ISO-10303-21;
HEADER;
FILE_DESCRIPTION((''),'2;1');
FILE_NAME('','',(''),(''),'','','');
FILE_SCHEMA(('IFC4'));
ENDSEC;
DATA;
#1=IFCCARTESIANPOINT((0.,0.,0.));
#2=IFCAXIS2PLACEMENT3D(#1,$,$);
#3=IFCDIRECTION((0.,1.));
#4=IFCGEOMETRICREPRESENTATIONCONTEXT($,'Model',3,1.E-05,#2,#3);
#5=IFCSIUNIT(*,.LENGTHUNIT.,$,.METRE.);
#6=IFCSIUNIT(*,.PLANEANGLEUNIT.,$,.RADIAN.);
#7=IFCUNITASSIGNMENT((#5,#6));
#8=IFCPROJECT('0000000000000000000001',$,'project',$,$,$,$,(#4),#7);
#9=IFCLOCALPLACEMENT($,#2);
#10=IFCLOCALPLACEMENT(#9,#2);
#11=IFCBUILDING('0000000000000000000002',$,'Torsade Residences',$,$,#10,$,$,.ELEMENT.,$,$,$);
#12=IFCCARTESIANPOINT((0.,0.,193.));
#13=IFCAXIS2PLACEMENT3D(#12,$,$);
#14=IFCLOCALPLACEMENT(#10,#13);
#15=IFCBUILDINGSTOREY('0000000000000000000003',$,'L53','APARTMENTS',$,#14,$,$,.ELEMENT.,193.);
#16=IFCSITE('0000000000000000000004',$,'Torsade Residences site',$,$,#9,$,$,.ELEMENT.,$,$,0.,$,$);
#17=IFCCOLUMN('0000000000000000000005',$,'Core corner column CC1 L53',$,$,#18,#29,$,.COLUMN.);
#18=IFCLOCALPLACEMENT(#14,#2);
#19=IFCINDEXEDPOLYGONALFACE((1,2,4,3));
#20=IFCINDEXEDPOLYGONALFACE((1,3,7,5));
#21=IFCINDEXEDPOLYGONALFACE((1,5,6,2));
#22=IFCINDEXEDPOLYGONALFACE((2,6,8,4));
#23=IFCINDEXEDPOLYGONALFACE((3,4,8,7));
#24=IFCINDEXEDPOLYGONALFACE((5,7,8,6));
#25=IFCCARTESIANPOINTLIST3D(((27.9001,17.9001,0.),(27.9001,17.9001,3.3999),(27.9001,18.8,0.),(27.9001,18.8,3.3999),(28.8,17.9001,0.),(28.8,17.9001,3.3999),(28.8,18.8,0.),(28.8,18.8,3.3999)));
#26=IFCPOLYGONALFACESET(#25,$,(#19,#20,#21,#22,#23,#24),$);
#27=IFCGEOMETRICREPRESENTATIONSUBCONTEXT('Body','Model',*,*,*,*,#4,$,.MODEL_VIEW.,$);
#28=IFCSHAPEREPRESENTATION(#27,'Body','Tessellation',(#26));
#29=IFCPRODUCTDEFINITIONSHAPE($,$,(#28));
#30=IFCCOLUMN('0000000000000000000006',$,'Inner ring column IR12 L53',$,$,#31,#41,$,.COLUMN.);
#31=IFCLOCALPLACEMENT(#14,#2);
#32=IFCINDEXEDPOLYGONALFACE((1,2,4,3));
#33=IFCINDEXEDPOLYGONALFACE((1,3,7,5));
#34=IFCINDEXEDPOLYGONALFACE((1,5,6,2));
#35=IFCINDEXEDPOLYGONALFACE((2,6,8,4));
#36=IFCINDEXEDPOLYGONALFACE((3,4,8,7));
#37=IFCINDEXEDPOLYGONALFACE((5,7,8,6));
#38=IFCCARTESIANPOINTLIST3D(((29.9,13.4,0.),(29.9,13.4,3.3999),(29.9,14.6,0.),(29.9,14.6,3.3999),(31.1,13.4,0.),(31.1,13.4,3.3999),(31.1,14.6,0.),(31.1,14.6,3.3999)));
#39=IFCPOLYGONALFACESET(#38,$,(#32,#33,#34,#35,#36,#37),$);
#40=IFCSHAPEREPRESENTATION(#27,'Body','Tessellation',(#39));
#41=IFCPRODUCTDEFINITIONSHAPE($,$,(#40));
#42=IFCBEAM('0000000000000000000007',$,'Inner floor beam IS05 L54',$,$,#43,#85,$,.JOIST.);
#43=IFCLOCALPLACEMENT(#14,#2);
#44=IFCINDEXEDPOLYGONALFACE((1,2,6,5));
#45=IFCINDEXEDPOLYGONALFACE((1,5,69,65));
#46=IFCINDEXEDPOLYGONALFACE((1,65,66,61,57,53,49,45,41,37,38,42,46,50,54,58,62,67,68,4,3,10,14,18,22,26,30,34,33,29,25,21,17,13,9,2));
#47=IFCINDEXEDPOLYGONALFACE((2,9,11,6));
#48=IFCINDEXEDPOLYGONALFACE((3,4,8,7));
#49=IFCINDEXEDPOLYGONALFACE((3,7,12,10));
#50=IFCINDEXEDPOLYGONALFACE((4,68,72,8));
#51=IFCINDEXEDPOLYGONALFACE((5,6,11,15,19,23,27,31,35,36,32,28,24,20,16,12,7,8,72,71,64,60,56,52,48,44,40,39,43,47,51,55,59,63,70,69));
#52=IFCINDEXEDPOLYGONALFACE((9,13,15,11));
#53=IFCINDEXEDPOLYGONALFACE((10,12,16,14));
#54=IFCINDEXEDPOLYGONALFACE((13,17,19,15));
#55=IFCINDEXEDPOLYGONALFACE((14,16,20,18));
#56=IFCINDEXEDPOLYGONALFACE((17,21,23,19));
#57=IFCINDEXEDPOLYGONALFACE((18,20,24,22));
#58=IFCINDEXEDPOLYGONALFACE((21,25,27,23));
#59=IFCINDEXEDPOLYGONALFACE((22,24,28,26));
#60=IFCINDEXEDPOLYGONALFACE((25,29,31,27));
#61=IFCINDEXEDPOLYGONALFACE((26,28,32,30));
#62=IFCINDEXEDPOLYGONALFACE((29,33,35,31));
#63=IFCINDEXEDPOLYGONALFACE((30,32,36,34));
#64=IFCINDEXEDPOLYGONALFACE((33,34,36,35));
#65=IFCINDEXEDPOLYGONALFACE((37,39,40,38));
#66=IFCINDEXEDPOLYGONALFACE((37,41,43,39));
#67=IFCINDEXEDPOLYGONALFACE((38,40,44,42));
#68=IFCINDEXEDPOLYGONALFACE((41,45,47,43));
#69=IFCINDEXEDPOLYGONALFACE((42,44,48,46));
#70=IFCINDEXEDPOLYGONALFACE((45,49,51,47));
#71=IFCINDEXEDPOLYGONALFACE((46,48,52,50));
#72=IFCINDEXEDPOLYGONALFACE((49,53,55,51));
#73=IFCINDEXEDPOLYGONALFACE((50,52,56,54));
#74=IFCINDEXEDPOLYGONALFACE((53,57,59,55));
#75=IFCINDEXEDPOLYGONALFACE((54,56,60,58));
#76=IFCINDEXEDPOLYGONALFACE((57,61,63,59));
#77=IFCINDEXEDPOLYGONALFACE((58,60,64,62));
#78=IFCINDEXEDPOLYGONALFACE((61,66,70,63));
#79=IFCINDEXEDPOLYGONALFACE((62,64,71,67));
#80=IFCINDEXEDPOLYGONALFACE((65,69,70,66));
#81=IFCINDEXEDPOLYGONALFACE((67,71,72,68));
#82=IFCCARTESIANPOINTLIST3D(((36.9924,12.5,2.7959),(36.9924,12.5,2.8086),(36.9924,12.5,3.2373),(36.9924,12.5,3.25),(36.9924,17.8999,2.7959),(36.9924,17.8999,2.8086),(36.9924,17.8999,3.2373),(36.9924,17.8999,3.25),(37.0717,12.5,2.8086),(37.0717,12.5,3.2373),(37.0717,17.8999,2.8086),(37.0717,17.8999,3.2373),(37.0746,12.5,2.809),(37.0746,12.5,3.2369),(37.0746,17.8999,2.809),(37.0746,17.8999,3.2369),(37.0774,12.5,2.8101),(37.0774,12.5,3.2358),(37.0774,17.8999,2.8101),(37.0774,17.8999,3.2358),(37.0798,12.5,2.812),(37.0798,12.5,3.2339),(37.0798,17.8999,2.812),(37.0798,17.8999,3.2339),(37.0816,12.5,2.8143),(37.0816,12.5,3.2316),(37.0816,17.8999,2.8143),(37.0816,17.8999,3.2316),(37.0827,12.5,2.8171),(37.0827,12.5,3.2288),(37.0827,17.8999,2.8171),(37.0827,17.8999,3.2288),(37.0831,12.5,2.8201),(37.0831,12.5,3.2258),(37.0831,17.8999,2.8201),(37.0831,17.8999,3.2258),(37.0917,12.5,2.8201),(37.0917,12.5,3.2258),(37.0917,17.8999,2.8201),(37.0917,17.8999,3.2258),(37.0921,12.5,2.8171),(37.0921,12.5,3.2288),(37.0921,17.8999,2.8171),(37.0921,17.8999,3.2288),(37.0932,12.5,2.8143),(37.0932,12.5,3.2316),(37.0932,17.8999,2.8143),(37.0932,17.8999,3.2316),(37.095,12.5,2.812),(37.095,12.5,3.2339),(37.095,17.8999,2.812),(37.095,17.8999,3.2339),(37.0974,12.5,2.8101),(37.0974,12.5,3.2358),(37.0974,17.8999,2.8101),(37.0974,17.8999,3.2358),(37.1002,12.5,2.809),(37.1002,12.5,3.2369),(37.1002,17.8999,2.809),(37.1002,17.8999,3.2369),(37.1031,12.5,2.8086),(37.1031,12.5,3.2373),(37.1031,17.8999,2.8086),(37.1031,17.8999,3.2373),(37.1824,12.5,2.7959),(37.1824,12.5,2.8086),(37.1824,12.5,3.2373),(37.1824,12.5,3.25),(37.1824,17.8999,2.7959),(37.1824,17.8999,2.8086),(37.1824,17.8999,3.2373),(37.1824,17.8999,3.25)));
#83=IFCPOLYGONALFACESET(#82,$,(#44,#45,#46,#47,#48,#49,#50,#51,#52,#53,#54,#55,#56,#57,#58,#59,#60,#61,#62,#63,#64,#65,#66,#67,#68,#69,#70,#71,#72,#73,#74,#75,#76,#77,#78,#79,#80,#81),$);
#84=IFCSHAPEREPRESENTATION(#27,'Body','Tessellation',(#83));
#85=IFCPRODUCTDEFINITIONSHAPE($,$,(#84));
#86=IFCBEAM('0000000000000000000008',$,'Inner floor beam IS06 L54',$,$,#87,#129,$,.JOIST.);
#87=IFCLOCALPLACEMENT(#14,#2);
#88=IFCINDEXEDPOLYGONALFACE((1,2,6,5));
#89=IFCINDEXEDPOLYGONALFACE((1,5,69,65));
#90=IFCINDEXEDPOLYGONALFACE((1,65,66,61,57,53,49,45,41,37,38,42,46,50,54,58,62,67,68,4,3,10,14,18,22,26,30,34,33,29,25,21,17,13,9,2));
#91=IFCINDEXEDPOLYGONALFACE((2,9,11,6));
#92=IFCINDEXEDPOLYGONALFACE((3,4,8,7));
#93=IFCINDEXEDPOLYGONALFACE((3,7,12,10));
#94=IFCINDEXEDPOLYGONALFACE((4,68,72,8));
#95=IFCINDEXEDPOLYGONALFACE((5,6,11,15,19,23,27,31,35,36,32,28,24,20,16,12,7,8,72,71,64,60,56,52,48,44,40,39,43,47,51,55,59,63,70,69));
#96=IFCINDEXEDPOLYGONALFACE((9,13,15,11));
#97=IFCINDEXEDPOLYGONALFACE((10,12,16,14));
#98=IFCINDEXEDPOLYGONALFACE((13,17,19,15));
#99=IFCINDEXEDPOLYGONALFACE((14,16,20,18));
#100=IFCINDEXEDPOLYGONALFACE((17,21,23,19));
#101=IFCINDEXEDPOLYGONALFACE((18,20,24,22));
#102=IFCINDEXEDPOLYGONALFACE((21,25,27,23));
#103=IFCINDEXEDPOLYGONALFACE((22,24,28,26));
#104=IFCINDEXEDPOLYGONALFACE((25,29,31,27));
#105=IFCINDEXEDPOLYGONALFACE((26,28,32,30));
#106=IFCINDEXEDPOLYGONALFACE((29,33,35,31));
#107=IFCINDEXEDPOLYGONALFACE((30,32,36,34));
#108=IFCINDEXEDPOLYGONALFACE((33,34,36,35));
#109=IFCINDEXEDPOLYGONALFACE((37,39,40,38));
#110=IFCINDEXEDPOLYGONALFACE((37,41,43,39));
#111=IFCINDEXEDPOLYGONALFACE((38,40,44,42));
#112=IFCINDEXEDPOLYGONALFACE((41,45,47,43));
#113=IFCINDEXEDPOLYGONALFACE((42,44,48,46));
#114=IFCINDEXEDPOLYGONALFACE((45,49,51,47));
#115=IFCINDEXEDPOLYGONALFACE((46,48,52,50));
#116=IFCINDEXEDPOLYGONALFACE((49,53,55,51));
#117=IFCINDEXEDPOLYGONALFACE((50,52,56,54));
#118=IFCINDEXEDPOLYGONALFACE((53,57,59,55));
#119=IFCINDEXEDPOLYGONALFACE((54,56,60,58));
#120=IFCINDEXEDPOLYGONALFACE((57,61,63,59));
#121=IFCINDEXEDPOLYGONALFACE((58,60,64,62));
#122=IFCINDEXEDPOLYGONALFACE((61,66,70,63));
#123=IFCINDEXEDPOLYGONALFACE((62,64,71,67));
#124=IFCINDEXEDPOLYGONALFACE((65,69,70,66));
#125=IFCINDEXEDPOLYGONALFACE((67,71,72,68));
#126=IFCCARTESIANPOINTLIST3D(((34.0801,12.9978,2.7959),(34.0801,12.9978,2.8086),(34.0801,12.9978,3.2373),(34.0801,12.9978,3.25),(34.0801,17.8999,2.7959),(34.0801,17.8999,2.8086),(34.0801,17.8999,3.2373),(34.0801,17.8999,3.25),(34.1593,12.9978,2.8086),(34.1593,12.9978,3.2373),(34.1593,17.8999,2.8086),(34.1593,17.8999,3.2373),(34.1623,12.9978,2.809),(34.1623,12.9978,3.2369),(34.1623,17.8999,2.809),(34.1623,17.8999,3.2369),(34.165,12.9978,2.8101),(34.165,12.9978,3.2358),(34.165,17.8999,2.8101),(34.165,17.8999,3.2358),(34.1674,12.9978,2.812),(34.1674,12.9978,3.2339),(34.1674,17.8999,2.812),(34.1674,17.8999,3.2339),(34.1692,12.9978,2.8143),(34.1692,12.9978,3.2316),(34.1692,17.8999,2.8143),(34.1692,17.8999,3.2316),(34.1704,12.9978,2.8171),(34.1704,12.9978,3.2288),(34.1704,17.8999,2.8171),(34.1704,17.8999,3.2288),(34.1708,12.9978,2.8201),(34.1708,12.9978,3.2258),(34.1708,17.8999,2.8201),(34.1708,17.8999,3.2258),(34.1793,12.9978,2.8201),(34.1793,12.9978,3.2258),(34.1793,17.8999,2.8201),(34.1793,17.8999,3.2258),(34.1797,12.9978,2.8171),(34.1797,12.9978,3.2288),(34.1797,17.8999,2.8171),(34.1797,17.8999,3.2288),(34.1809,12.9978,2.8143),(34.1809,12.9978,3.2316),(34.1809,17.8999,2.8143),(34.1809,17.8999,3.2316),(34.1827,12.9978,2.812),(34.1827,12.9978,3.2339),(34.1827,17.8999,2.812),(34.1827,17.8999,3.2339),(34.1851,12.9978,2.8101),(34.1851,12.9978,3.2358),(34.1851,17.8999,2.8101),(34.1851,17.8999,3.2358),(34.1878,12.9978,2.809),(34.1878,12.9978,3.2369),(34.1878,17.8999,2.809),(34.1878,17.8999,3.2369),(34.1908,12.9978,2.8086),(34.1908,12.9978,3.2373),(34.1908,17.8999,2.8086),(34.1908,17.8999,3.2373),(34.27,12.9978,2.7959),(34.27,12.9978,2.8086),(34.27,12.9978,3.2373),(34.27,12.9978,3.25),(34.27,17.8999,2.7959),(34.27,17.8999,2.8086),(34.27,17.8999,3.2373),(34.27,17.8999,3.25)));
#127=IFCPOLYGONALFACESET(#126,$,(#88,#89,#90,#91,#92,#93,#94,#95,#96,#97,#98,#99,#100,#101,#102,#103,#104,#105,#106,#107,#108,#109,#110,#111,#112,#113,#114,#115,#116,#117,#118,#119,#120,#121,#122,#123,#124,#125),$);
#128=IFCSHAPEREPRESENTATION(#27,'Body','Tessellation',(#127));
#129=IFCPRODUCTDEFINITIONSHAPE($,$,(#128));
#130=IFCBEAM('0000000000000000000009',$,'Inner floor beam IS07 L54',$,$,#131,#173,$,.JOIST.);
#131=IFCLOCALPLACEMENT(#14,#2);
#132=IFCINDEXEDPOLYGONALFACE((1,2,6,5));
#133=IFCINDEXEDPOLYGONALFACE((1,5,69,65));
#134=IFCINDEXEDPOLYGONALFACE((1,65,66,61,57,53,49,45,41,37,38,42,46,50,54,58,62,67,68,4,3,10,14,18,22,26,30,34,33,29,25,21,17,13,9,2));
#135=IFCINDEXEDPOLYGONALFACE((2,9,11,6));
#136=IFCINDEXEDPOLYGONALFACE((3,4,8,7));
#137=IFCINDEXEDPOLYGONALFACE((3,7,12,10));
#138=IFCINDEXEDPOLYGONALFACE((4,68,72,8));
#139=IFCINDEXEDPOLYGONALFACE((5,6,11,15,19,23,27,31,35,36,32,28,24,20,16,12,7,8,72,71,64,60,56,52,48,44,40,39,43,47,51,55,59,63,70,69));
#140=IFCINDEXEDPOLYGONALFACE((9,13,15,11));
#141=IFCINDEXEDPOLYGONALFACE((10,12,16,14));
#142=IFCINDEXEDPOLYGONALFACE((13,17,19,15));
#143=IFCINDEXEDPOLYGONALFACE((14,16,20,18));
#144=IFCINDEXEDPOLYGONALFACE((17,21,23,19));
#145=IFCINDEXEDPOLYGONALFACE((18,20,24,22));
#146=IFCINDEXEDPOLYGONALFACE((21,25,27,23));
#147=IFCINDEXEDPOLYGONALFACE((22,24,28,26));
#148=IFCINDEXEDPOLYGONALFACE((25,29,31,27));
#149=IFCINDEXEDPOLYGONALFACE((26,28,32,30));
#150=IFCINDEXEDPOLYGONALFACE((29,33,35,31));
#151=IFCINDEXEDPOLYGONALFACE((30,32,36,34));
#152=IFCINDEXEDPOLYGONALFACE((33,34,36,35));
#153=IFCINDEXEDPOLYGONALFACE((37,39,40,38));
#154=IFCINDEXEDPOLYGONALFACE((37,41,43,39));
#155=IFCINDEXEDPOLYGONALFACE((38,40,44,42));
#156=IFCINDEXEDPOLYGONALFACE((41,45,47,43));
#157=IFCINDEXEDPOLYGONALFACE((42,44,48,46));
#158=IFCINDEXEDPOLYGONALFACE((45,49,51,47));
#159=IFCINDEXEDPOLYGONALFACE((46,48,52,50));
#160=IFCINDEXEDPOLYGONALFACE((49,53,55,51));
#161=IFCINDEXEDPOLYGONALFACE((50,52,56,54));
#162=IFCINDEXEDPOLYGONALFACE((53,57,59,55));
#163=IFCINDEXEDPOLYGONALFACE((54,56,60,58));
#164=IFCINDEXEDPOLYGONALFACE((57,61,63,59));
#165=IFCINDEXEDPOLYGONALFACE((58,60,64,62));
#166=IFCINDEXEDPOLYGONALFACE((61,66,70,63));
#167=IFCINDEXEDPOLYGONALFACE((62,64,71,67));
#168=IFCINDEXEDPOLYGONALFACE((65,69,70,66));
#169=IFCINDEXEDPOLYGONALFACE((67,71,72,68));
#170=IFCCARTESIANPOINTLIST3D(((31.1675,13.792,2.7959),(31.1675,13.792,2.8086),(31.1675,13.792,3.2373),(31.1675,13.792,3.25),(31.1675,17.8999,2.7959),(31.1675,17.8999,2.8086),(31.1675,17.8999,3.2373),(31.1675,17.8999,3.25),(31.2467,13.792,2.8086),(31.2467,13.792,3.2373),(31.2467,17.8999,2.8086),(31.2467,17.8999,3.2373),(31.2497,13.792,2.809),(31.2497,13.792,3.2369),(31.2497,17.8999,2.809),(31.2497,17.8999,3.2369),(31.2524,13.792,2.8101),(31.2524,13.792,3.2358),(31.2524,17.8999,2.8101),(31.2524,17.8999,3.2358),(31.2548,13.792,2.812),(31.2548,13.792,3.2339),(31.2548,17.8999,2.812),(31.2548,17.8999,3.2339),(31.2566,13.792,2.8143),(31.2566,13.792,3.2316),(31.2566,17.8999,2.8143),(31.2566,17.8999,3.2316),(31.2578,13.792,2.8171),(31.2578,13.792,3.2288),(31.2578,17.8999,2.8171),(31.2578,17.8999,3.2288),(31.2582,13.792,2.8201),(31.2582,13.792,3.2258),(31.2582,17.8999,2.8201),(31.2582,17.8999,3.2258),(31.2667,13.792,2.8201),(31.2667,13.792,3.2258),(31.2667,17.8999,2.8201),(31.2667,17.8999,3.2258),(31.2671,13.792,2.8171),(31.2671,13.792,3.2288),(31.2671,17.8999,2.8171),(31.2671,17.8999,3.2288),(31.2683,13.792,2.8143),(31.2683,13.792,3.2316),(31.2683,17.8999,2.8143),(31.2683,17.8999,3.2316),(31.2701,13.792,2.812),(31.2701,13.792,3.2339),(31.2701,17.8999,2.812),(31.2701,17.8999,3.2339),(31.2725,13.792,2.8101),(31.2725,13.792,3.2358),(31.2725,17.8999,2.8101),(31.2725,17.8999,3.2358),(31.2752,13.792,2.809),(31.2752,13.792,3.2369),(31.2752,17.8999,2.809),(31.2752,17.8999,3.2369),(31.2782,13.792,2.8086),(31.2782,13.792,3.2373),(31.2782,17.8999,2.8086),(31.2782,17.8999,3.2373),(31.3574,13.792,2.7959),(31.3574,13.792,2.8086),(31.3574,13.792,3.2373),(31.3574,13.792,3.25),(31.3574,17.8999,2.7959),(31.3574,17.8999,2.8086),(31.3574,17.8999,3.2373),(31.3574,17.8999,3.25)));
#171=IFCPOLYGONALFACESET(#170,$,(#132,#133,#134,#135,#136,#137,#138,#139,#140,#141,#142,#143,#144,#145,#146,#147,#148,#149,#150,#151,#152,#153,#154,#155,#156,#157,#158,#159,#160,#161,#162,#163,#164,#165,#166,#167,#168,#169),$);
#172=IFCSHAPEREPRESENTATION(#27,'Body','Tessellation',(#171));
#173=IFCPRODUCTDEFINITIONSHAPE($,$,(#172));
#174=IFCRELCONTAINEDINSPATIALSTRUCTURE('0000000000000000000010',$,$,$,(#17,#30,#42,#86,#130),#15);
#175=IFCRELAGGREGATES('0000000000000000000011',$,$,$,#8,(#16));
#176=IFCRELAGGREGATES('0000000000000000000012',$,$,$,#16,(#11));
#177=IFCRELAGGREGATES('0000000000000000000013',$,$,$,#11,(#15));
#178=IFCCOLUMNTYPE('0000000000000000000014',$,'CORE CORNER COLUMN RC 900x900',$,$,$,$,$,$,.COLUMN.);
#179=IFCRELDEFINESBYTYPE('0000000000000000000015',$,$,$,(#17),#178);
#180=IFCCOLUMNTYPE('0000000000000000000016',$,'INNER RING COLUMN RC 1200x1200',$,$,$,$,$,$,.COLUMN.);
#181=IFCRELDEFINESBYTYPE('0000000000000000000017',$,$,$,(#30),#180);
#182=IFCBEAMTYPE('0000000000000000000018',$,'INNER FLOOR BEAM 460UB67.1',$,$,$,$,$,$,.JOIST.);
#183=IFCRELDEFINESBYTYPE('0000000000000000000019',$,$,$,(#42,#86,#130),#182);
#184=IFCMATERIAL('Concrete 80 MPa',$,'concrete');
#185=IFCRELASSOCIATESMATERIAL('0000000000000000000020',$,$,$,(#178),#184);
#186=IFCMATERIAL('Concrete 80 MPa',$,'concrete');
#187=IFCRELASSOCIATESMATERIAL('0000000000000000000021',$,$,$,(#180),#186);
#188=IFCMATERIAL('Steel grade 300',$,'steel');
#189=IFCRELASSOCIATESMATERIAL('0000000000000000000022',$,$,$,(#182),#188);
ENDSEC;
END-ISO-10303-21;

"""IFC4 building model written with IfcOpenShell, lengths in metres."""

from ifc_helpers import new_model, si_unit, direction, frame, origin, origin_2d, place, context, subcontext, project, spatial, rectangle, i_section, extrude, material, material_profile, profile_set, type_object, element, save


model = new_model("IFC4")

# Units and contexts
model_context = context("Model", 3, precision=1e-05, world=origin(), true_north=direction((0.0, 1.0)))
body_context = subcontext(model_context, "Body", "Model", "MODEL_VIEW")
ifc_project = project(units=[si_unit("LENGTHUNIT", "METRE"), si_unit("PLANEANGLEUNIT", "RADIAN")], contexts=[model_context])

# Site, building, storey
site_placement = place(None, origin())
site = spatial("IfcSite", under=ifc_project, at=site_placement, Name="Torsade Residences site", CompositionType="ELEMENT", RefElevation=0.0)
building_placement = place(site_placement, origin())
building = spatial("IfcBuilding", under=site, at=building_placement, Name="Torsade Residences", CompositionType="ELEMENT")
storey_placement = place(building_placement, frame((0.0, 0.0, 193.0)))
storey = spatial("IfcBuildingStorey", under=building, at=storey_placement, Name="L53", Description="APARTMENTS", CompositionType="ELEMENT", Elevation=193.0)

# Columns
ifc_material_1 = material(Name="Concrete 80 MPa", Category="concrete")
ifc_material_profile_1 = material_profile(ifc_material_1, rectangle(XDim=0.8999, YDim=0.8999, at=origin_2d()), Name="RC 900x900")
ifc_profile_set_1 = profile_set([ifc_material_profile_1], Name="Concrete 80 MPa")
column_type_1 = type_object("IfcColumnType", Name="CORE CORNER COLUMN RC 900x900", PredefinedType="COLUMN", material=ifc_profile_set_1)
column_1_placement = place(storey_placement, frame((28.3501, 18.3501, 0.0), z_axis=(0.0, 0.0, 1.0), x_axis=(1.0, 0.0, 0.0)))
element("IfcColumn", 1, at=column_1_placement, inside=storey, type_object=column_type_1, Name="Core corner column CC1 L53", PredefinedType="COLUMN", context=body_context, shape_type="SweptSolid", body=[
    extrude(rectangle(XDim=0.8999, YDim=0.8999, at=origin_2d()), origin(), (0.0, 0.0, 1.0), 3.3999),
])
ifc_material_2 = material(Name="Concrete 80 MPa", Category="concrete")
ifc_material_profile_2 = material_profile(ifc_material_2, rectangle(XDim=1.2, YDim=1.2, at=origin_2d()), Name="RC 1200x1200")
ifc_profile_set_2 = profile_set([ifc_material_profile_2], Name="Concrete 80 MPa")
column_type_2 = type_object("IfcColumnType", Name="INNER RING COLUMN RC 1200x1200", PredefinedType="COLUMN", material=ifc_profile_set_2)
column_2_placement = place(storey_placement, frame((30.5, 14.0, 0.0), z_axis=(0.0, 0.0, 1.0), x_axis=(1.0, 0.0, 0.0)))
element("IfcColumn", 2, at=column_2_placement, inside=storey, type_object=column_type_2, Name="Inner ring column IR12 L53", PredefinedType="COLUMN", context=body_context, shape_type="SweptSolid", body=[
    extrude(rectangle(XDim=1.2, YDim=1.2, at=origin_2d()), origin(), (0.0, 0.0, 1.0), 3.3999),
])

# Beams
ifc_material_3 = material(Name="Steel grade 300", Category="steel")
ifc_material_profile_3 = material_profile(ifc_material_3, i_section(OverallWidth=0.1899, OverallDepth=0.4541, WebThickness=0.0085, FlangeThickness=0.0127, FilletRadius=0.0115, at=origin_2d()), Name="460UB67.1")
ifc_profile_set_3 = profile_set([ifc_material_profile_3], Name="Steel grade 300")
beam_type_1 = type_object("IfcBeamType", Name="INNER FLOOR BEAM 460UB67.1", PredefinedType="JOIST", material=ifc_profile_set_3)
beam_1_placement = place(storey_placement, frame((37.0874, 17.8999, 3.0229), z_axis=(0.0, -1.0, 0.0), x_axis=(1.0, 0.0, 0.0)))
element("IfcBeam", 3, at=beam_1_placement, inside=storey, type_object=beam_type_1, Name="Inner floor beam IS05 L54", PredefinedType="JOIST", context=body_context, shape_type="SweptSolid", body=[
    extrude(i_section(OverallWidth=0.1899, OverallDepth=0.4541, WebThickness=0.0085, FlangeThickness=0.0127, FilletRadius=0.0115, at=origin_2d()), origin(), (0.0, 0.0, 1.0), 5.3999),
])
beam_2_placement = place(storey_placement, frame((34.175, 17.8999, 3.0229), z_axis=(0.0, -1.0, 0.0), x_axis=(1.0, 0.0, 0.0)))
element("IfcBeam", 4, at=beam_2_placement, inside=storey, type_object=beam_type_1, Name="Inner floor beam IS06 L54", PredefinedType="JOIST", context=body_context, shape_type="SweptSolid", body=[
    extrude(i_section(OverallWidth=0.1899, OverallDepth=0.4541, WebThickness=0.0085, FlangeThickness=0.0127, FilletRadius=0.0115, at=origin_2d()), origin(), (0.0, 0.0, 1.0), 4.9021),
])
beam_3_placement = place(storey_placement, frame((31.2625, 17.8999, 3.0229), z_axis=(0.0, -1.0, 0.0), x_axis=(1.0, 0.0, 0.0)))
element("IfcBeam", 5, at=beam_3_placement, inside=storey, type_object=beam_type_1, Name="Inner floor beam IS07 L54", PredefinedType="JOIST", context=body_context, shape_type="SweptSolid", body=[
    extrude(i_section(OverallWidth=0.1899, OverallDepth=0.4541, WebThickness=0.0085, FlangeThickness=0.0127, FilletRadius=0.0115, at=origin_2d()), origin(), (0.0, 0.0, 1.0), 4.1079),
])

save(model, "model.ifc")
